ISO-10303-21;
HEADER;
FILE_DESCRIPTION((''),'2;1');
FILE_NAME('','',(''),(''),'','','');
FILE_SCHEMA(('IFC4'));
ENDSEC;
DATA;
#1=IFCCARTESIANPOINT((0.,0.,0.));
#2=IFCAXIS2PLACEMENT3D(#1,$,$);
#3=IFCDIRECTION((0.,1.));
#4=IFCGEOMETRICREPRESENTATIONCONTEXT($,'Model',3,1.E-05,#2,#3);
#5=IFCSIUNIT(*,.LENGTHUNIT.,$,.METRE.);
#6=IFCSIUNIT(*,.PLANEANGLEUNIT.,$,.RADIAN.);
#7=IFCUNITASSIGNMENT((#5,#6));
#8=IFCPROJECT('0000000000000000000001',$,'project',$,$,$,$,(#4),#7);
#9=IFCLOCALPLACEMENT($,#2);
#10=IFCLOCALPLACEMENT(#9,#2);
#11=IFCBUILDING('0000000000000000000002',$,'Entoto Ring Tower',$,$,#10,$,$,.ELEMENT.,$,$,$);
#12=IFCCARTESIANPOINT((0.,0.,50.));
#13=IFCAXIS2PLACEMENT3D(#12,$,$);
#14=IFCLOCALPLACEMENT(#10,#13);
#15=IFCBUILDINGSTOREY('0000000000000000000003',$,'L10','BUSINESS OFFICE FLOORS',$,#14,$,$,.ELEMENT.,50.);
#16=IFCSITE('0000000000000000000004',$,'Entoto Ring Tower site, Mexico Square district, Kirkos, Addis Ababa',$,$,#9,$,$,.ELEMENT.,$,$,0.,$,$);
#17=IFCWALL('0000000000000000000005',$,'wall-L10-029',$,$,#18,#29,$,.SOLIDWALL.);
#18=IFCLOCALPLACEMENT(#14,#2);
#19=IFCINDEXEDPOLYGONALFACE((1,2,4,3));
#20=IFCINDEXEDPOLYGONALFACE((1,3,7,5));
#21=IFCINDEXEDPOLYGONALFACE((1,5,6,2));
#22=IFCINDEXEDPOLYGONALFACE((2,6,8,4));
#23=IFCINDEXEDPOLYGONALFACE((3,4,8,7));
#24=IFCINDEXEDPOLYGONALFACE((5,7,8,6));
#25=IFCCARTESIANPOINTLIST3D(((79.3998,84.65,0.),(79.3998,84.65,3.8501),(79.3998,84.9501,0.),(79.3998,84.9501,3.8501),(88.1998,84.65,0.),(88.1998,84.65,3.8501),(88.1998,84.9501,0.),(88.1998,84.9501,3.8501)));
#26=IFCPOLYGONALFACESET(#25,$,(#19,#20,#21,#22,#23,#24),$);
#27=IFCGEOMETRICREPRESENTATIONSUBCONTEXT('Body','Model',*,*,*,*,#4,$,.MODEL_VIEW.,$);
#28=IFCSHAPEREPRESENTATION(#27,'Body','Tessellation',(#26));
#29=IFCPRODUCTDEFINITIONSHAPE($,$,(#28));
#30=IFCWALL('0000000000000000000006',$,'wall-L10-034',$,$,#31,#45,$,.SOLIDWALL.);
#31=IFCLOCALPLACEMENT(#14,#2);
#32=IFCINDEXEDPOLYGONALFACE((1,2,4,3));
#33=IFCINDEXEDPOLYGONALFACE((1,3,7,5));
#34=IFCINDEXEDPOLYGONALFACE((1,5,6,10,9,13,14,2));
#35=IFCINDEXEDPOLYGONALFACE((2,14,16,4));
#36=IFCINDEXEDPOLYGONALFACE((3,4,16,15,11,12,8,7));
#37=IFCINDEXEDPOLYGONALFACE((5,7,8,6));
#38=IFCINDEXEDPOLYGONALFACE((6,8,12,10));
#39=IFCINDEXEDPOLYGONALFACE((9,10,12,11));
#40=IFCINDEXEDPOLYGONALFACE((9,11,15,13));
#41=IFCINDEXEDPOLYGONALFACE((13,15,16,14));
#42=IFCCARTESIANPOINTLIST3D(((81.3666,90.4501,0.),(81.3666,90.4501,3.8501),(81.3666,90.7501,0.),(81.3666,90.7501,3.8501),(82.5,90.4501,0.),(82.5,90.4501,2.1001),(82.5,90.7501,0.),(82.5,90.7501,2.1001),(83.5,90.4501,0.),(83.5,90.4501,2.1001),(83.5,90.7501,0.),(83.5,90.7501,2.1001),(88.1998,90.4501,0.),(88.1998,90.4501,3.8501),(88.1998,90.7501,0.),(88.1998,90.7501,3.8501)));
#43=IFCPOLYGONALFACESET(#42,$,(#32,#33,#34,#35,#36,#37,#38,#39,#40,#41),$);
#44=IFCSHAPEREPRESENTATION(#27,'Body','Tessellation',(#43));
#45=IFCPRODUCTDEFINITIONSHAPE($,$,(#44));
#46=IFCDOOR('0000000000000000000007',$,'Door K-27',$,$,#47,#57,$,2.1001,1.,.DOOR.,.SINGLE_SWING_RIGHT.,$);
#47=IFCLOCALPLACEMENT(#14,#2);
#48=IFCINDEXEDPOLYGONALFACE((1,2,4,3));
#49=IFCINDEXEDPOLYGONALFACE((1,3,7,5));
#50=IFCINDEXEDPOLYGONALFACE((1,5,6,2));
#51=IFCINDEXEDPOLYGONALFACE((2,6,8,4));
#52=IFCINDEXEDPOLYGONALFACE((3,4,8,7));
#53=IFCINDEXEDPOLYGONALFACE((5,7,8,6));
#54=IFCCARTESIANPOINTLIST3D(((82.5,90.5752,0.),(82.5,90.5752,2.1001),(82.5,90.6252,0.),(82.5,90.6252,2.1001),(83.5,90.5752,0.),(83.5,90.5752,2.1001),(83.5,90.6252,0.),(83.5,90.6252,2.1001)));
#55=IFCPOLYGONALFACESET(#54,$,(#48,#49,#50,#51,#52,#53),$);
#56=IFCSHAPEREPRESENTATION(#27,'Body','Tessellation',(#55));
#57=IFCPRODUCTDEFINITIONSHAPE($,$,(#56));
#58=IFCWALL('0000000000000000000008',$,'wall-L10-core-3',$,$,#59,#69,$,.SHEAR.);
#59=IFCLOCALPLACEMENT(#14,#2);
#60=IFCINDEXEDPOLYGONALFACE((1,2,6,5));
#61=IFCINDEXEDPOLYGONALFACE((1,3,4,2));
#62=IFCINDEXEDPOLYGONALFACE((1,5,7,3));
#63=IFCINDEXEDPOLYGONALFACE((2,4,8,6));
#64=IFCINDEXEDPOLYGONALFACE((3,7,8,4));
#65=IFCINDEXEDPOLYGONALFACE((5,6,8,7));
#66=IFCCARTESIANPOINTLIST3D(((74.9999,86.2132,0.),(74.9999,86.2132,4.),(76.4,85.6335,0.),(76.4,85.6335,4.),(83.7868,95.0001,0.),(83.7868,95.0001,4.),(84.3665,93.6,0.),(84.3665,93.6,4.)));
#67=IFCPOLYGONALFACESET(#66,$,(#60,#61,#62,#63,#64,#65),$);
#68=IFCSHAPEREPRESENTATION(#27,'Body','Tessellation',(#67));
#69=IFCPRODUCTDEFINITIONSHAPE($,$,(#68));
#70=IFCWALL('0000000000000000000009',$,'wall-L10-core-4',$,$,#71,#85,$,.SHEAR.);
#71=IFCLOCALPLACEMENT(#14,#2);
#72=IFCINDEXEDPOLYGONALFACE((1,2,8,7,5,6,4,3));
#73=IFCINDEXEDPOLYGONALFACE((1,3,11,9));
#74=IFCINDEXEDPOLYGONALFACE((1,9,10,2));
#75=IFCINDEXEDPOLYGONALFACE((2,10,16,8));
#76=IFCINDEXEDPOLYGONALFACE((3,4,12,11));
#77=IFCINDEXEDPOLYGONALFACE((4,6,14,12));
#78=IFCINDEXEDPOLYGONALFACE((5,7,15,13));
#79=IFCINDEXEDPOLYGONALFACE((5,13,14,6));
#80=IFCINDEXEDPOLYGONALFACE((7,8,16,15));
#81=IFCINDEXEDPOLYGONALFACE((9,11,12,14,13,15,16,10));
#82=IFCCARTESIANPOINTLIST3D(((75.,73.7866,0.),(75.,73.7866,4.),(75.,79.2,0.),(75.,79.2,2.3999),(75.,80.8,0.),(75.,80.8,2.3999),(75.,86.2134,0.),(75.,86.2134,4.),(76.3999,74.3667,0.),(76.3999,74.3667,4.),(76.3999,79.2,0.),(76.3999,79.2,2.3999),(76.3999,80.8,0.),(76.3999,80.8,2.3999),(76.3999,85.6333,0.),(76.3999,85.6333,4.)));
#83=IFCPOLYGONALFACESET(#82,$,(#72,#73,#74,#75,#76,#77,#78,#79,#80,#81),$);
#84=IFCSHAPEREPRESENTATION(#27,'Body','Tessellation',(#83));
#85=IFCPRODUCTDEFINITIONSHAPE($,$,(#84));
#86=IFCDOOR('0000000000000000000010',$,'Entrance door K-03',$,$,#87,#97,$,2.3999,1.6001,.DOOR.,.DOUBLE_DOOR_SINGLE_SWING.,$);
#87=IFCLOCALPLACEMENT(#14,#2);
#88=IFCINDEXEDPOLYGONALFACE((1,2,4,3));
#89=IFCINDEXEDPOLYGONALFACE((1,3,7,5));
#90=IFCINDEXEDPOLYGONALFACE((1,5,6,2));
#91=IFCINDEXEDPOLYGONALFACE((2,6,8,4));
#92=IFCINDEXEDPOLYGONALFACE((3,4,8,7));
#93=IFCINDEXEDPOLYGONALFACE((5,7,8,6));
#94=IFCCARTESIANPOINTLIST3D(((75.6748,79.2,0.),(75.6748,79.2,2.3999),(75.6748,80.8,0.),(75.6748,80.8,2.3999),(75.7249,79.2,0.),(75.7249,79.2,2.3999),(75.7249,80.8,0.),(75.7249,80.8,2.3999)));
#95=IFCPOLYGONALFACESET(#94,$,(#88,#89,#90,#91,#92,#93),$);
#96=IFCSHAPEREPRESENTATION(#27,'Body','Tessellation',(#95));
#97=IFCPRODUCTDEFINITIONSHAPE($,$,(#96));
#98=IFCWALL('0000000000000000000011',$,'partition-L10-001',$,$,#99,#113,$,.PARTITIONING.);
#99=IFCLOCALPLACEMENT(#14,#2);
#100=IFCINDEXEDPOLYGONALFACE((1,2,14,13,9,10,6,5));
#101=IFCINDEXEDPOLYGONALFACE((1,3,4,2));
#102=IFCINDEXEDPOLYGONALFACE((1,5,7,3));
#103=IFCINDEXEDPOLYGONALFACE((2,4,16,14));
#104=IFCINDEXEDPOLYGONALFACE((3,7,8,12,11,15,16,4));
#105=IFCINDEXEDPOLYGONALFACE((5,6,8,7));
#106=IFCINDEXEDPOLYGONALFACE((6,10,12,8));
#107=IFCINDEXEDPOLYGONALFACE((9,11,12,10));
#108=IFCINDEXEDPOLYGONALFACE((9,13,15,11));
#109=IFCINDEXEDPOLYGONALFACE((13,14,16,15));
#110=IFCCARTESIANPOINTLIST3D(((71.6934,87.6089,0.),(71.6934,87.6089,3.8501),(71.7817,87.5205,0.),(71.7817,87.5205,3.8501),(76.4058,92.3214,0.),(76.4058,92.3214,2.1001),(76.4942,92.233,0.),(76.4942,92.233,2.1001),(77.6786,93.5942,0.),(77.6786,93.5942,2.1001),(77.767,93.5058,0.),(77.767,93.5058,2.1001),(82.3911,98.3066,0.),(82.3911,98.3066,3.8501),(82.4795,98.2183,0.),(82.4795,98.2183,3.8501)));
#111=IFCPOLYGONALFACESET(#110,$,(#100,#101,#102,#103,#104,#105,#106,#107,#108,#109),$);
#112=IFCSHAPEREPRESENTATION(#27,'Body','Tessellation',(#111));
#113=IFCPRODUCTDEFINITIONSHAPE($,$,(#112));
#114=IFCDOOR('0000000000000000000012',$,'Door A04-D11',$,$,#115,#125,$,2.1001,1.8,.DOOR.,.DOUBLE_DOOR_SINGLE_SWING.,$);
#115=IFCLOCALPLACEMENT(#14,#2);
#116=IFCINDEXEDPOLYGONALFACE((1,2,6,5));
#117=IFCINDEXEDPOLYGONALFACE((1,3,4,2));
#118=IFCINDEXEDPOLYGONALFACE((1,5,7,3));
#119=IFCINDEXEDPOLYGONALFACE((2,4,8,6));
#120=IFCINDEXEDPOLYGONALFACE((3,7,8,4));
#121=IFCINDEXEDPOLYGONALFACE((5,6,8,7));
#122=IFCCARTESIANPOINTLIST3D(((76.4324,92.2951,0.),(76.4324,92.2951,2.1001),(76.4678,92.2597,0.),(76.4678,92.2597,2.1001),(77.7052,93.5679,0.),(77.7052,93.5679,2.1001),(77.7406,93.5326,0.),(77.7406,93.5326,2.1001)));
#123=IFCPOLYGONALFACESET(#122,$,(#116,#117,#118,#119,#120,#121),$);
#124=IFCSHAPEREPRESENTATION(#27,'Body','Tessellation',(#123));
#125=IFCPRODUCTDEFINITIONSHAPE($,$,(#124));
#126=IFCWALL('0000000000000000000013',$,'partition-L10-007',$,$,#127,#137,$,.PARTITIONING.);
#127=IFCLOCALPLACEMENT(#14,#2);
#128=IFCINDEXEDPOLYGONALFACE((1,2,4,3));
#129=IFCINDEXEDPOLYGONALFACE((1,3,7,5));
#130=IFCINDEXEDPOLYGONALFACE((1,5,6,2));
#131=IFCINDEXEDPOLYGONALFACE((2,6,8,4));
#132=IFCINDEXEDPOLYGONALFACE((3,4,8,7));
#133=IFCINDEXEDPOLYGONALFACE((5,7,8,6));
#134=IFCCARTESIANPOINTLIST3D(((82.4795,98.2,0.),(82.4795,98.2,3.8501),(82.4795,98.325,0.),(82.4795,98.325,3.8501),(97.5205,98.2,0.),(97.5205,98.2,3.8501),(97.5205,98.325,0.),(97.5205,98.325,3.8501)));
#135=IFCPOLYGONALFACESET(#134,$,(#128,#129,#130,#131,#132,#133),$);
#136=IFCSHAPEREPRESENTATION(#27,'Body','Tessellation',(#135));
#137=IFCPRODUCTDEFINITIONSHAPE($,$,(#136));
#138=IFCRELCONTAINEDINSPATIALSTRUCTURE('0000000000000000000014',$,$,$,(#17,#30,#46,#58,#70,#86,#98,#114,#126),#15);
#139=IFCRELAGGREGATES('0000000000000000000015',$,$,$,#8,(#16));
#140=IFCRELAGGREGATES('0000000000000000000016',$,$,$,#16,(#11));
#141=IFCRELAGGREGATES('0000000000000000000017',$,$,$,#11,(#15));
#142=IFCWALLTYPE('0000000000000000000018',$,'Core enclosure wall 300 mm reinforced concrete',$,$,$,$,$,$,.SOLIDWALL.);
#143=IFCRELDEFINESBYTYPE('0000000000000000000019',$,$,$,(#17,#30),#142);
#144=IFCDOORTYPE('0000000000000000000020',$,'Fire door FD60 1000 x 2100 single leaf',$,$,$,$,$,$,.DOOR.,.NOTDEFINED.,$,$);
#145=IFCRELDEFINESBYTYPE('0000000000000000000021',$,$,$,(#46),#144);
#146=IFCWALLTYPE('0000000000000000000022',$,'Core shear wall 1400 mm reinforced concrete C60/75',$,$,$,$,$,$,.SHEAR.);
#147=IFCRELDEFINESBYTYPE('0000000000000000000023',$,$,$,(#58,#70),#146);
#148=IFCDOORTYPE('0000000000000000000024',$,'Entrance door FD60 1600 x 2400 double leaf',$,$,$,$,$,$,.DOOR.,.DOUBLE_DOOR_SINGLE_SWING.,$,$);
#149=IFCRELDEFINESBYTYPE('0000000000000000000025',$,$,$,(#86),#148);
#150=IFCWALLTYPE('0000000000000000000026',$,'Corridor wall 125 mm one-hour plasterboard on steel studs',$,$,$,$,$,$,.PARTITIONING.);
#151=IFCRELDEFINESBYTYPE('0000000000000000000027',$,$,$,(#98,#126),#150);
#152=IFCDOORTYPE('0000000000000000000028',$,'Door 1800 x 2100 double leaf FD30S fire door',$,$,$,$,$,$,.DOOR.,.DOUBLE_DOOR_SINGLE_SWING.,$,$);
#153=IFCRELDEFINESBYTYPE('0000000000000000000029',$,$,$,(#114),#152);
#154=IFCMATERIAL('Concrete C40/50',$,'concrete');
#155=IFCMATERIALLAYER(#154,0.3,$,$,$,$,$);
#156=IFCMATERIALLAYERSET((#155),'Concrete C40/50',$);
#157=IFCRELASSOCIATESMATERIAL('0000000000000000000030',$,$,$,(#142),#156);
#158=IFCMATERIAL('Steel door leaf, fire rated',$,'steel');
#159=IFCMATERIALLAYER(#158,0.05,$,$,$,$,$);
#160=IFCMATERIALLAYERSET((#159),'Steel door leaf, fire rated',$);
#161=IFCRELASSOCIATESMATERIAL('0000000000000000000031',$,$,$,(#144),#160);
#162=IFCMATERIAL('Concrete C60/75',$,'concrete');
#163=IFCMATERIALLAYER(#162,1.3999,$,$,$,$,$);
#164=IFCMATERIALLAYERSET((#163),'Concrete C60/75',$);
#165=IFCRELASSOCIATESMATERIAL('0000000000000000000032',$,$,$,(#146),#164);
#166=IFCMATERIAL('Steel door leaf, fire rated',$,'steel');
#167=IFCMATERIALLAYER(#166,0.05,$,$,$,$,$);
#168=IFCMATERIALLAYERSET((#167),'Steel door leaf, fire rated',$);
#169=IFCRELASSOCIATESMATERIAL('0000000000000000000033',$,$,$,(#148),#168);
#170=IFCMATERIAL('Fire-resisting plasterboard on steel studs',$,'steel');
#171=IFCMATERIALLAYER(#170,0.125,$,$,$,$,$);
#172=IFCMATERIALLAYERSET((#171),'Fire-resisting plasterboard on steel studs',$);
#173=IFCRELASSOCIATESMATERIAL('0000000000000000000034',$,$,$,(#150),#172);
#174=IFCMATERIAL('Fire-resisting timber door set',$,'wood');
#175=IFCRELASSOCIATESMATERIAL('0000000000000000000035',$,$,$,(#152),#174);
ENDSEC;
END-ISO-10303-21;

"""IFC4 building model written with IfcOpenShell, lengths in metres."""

from ifc_helpers import new_model, si_unit, direction, frame, frame_2d, origin, place, context, subcontext, project, spatial, polyline, rectangle, outline, extrude, material, layer, layer_set, type_object, element, fill, save


model = new_model("IFC4")

# Units and contexts
model_context = context("Model", 3, precision=1e-05, world=origin(), true_north=direction((0.0, 1.0)))
body_context = subcontext(model_context, "Body", "Model", "MODEL_VIEW")
ifc_project = project(units=[si_unit("LENGTHUNIT", "METRE"), si_unit("PLANEANGLEUNIT", "RADIAN")], contexts=[model_context])

# Site, building, storey
site_placement = place(None, origin())
site = spatial("IfcSite", under=ifc_project, at=site_placement, Name="Entoto Ring Tower site, Mexico Square district, Kirkos, Addis Ababa", CompositionType="ELEMENT", RefElevation=0.0)
building_placement = place(site_placement, origin())
building = spatial("IfcBuilding", under=site, at=building_placement, Name="Entoto Ring Tower", CompositionType="ELEMENT")
storey_placement = place(building_placement, frame((0.0, 0.0, 50.0)))
storey = spatial("IfcBuildingStorey", under=building, at=storey_placement, Name="L10", Description="BUSINESS OFFICE FLOORS", CompositionType="ELEMENT", Elevation=50.0)

# Wall
ifc_material_1 = material(Name="Concrete C40/50", Category="concrete")
ifc_layer_1 = layer(ifc_material_1, 0.3)
ifc_layer_set_1 = layer_set([ifc_layer_1], Name="Concrete C40/50")
wall_type_1 = type_object("IfcWallType", Name="Core enclosure wall 300 mm reinforced concrete", PredefinedType="SOLIDWALL", material=ifc_layer_set_1)
wall_1_placement = place(storey_placement, frame((79.3999, 84.8, 0.0), z_axis=(0.0, 0.0, 1.0), x_axis=(1.0, 0.0, 0.0)))
element("IfcWall", 1, at=wall_1_placement, inside=storey, type_object=wall_type_1, Name="wall-L10-029", PredefinedType="SOLIDWALL", context=body_context, shape_type="SweptSolid", body=[
    extrude(rectangle(XDim=8.8, YDim=0.3, at=frame_2d((4.3999, 0.0))), origin(), (0.0, 0.0, 1.0), 3.8501),
])

# Wall, opening, door
wall_2_placement = place(storey_placement, frame((81.3667, 90.6001, 0.0), z_axis=(0.0, 0.0, 1.0), x_axis=(1.0, 0.0, 0.0)))
wall_2 = element("IfcWall", 2, at=wall_2_placement, inside=storey, type_object=wall_type_1, Name="wall-L10-034", PredefinedType="SOLIDWALL", context=body_context, shape_type="SweptSolid", body=[
    extrude(rectangle(XDim=6.8333, YDim=0.3, at=frame_2d((3.4165, 0.0))), origin(), (0.0, 0.0, 1.0), 3.8501),
])
opening_1_placement = place(wall_2_placement, frame((1.1333, 0.0, 0.0)))
opening_1 = element("IfcOpeningElement", 3, at=opening_1_placement, cuts=wall_2, PredefinedType="OPENING", context=body_context, shape_type="SweptSolid", body=[
    extrude(rectangle(XDim=1.0, YDim=2.1001, at=frame_2d((0.5, 1.05))), frame((0.0, 0.1602, 0.0), z_axis=(0.0, -1.0, 0.0), x_axis=(1.0, 0.0, 0.0)), (0.0, 0.0, 1.0), 0.3201),
])
ifc_material_2 = material(Name="Steel door leaf, fire rated", Category="steel")
ifc_layer_2 = layer(ifc_material_2, 0.05)
ifc_layer_set_2 = layer_set([ifc_layer_2], Name="Steel door leaf, fire rated")
door_type_1 = type_object("IfcDoorType", Name="Fire door FD60 1000 x 2100 single leaf", OperationType="NOTDEFINED", PredefinedType="DOOR", material=ifc_layer_set_2)
door_1_placement = place(opening_1_placement, frame((1.0, 0.0, 0.0), z_axis=(0.0, 0.0, 1.0), x_axis=(-1.0, 0.0, 0.0)))
door_1 = element("IfcDoor", 4, at=door_1_placement, inside=storey, type_object=door_type_1, Name="Door K-27", OperationType="SINGLE_SWING_RIGHT", OverallHeight=2.1001, OverallWidth=1.0, PredefinedType="DOOR", context=body_context, shape_type="SweptSolid", body=[
    extrude(rectangle(XDim=1.0, YDim=2.1001, at=frame_2d((0.5, 1.05))), frame((0.0, 0.0249, 0.0), z_axis=(0.0, -1.0, 0.0), x_axis=(1.0, 0.0, 0.0)), (0.0, 0.0, 1.0), 0.05),
])
fill(opening_1, door_1)

# Wall
ifc_material_3 = material(Name="Concrete C60/75", Category="concrete")
ifc_layer_3 = layer(ifc_material_3, 1.3999)
ifc_layer_set_3 = layer_set([ifc_layer_3], Name="Concrete C60/75")
wall_type_2 = type_object("IfcWallType", Name="Core shear wall 1400 mm reinforced concrete C60/75", PredefinedType="SHEAR", material=ifc_layer_set_3)
wall_3_placement = place(storey_placement, frame((84.0767, 94.3, 0.0), z_axis=(0.0, 0.0, 1.0), x_axis=(-0.707107, -0.707107, 0.0)))
element("IfcWall", 5, at=wall_3_placement, inside=storey, type_object=wall_type_2, Name="wall-L10-core-3", PredefinedType="SHEAR", context=body_context, shape_type="SweptSolid", body=[
    extrude(outline(polyline([(-0.29, -0.7), (12.1365, -0.7), (11.5564, 0.7), (0.29, 0.7), (-0.29, -0.7)])), origin(), (0.0, 0.0, 1.0), 4.0),
])

# Walls, openings, doors
wall_4_placement = place(storey_placement, frame((75.7, 85.9233, 0.0), z_axis=(0.0, 0.0, 1.0), x_axis=(0.0, -1.0, 0.0)))
wall_4 = element("IfcWall", 6, at=wall_4_placement, inside=storey, type_object=wall_type_2, Name="wall-L10-core-4", PredefinedType="SHEAR", context=body_context, shape_type="SweptSolid", body=[
    extrude(outline(polyline([(-0.29, -0.7), (12.1367, -0.7), (11.5566, 0.7), (0.29, 0.7), (-0.29, -0.7)])), origin(), (0.0, 0.0, 1.0), 4.0),
])
opening_2_placement = place(wall_4_placement, frame((5.1233, 0.0, 0.0)))
opening_2 = element("IfcOpeningElement", 7, at=opening_2_placement, cuts=wall_4, PredefinedType="OPENING", context=body_context, shape_type="SweptSolid", body=[
    extrude(rectangle(XDim=1.6001, YDim=2.3999, at=frame_2d((0.8, 1.2))), frame((0.0, 0.71, 0.0), z_axis=(0.0, -1.0, 0.0), x_axis=(1.0, 0.0, 0.0)), (0.0, 0.0, 1.0), 1.4199),
])
ifc_material_4 = material(Name="Steel door leaf, fire rated", Category="steel")
ifc_layer_4 = layer(ifc_material_4, 0.05)
ifc_layer_set_4 = layer_set([ifc_layer_4], Name="Steel door leaf, fire rated")
door_type_2 = type_object("IfcDoorType", Name="Entrance door FD60 1600 x 2400 double leaf", OperationType="DOUBLE_DOOR_SINGLE_SWING", PredefinedType="DOOR", material=ifc_layer_set_4)
door_2_placement = place(opening_2_placement, origin())
door_2 = element("IfcDoor", 8, at=door_2_placement, inside=storey, type_object=door_type_2, Name="Entrance door K-03", OperationType="DOUBLE_DOOR_SINGLE_SWING", OverallHeight=2.3999, OverallWidth=1.6001, PredefinedType="DOOR", context=body_context, shape_type="SweptSolid", body=[
    extrude(rectangle(XDim=1.6001, YDim=2.3999, at=frame_2d((0.8, 1.2))), frame((0.0, 0.0249, 0.0), z_axis=(0.0, -1.0, 0.0), x_axis=(1.0, 0.0, 0.0)), (0.0, 0.0, 1.0), 0.05),
])
fill(opening_2, door_2)
ifc_material_5 = material(Name="Fire-resisting plasterboard on steel studs", Category="steel")
ifc_layer_5 = layer(ifc_material_5, 0.125)
ifc_layer_set_5 = layer_set([ifc_layer_5], Name="Fire-resisting plasterboard on steel studs")
wall_type_3 = type_object("IfcWallType", Name="Corridor wall 125 mm one-hour plasterboard on steel studs", PredefinedType="PARTITIONING", material=ifc_layer_set_5)
wall_5_placement = place(storey_placement, frame((71.7375, 87.5647, 0.0), z_axis=(0.0, 0.0, 1.0), x_axis=(0.707107, 0.707107, 0.0)))
wall_5 = element("IfcWall", 9, at=wall_5_placement, inside=storey, type_object=wall_type_3, Name="partition-L10-001", PredefinedType="PARTITIONING", context=body_context, shape_type="SweptSolid", body=[
    extrude(rectangle(XDim=15.1289, YDim=0.125, at=frame_2d((7.5645, 0.0))), origin(), (0.0, 0.0, 1.0), 3.8501),
])
opening_3_placement = place(wall_5_placement, frame((6.6646, 0.0, 0.0)))
opening_3 = element("IfcOpeningElement", 10, at=opening_3_placement, cuts=wall_5, PredefinedType="OPENING", context=body_context, shape_type="SweptSolid", body=[
    extrude(rectangle(XDim=1.8, YDim=2.1001, at=frame_2d((0.8999, 1.05))), frame((0.0, 0.0725, 0.0), z_axis=(0.0, -1.0, 0.0), x_axis=(1.0, 0.0, 0.0)), (0.0, 0.0, 1.0), 0.145),
])
ifc_material_6 = material(Name="Fire-resisting timber door set", Category="wood")
door_type_3 = type_object("IfcDoorType", Name="Door 1800 x 2100 double leaf FD30S fire door", OperationType="DOUBLE_DOOR_SINGLE_SWING", PredefinedType="DOOR", material=ifc_material_6)
door_3_placement = place(opening_3_placement, frame((1.8, 0.0, 0.0), z_axis=(0.0, 0.0, 1.0), x_axis=(-1.0, 0.0, 0.0)))
door_3 = element("IfcDoor", 11, at=door_3_placement, inside=storey, type_object=door_type_3, Name="Door A04-D11", OperationType="DOUBLE_DOOR_SINGLE_SWING", OverallHeight=2.1001, OverallWidth=1.8, PredefinedType="DOOR", context=body_context, shape_type="SweptSolid", body=[
    extrude(rectangle(XDim=1.8, YDim=2.1001, at=frame_2d((0.8999, 1.05))), frame((0.0, 0.0249, 0.0), z_axis=(0.0, -1.0, 0.0), x_axis=(1.0, 0.0, 0.0)), (0.0, 0.0, 1.0), 0.05),
])
fill(opening_3, door_3)

# Wall
wall_6_placement = place(storey_placement, frame((82.4795, 98.2625, 0.0), z_axis=(0.0, 0.0, 1.0), x_axis=(1.0, 0.0, 0.0)))
element("IfcWall", 12, at=wall_6_placement, inside=storey, type_object=wall_type_3, Name="partition-L10-007", PredefinedType="PARTITIONING", context=body_context, shape_type="SweptSolid", body=[
    extrude(rectangle(XDim=15.041, YDim=0.125, at=frame_2d((7.5205, 0.0))), origin(), (0.0, 0.0, 1.0), 3.8501),
])

save(model, "model.ifc")
